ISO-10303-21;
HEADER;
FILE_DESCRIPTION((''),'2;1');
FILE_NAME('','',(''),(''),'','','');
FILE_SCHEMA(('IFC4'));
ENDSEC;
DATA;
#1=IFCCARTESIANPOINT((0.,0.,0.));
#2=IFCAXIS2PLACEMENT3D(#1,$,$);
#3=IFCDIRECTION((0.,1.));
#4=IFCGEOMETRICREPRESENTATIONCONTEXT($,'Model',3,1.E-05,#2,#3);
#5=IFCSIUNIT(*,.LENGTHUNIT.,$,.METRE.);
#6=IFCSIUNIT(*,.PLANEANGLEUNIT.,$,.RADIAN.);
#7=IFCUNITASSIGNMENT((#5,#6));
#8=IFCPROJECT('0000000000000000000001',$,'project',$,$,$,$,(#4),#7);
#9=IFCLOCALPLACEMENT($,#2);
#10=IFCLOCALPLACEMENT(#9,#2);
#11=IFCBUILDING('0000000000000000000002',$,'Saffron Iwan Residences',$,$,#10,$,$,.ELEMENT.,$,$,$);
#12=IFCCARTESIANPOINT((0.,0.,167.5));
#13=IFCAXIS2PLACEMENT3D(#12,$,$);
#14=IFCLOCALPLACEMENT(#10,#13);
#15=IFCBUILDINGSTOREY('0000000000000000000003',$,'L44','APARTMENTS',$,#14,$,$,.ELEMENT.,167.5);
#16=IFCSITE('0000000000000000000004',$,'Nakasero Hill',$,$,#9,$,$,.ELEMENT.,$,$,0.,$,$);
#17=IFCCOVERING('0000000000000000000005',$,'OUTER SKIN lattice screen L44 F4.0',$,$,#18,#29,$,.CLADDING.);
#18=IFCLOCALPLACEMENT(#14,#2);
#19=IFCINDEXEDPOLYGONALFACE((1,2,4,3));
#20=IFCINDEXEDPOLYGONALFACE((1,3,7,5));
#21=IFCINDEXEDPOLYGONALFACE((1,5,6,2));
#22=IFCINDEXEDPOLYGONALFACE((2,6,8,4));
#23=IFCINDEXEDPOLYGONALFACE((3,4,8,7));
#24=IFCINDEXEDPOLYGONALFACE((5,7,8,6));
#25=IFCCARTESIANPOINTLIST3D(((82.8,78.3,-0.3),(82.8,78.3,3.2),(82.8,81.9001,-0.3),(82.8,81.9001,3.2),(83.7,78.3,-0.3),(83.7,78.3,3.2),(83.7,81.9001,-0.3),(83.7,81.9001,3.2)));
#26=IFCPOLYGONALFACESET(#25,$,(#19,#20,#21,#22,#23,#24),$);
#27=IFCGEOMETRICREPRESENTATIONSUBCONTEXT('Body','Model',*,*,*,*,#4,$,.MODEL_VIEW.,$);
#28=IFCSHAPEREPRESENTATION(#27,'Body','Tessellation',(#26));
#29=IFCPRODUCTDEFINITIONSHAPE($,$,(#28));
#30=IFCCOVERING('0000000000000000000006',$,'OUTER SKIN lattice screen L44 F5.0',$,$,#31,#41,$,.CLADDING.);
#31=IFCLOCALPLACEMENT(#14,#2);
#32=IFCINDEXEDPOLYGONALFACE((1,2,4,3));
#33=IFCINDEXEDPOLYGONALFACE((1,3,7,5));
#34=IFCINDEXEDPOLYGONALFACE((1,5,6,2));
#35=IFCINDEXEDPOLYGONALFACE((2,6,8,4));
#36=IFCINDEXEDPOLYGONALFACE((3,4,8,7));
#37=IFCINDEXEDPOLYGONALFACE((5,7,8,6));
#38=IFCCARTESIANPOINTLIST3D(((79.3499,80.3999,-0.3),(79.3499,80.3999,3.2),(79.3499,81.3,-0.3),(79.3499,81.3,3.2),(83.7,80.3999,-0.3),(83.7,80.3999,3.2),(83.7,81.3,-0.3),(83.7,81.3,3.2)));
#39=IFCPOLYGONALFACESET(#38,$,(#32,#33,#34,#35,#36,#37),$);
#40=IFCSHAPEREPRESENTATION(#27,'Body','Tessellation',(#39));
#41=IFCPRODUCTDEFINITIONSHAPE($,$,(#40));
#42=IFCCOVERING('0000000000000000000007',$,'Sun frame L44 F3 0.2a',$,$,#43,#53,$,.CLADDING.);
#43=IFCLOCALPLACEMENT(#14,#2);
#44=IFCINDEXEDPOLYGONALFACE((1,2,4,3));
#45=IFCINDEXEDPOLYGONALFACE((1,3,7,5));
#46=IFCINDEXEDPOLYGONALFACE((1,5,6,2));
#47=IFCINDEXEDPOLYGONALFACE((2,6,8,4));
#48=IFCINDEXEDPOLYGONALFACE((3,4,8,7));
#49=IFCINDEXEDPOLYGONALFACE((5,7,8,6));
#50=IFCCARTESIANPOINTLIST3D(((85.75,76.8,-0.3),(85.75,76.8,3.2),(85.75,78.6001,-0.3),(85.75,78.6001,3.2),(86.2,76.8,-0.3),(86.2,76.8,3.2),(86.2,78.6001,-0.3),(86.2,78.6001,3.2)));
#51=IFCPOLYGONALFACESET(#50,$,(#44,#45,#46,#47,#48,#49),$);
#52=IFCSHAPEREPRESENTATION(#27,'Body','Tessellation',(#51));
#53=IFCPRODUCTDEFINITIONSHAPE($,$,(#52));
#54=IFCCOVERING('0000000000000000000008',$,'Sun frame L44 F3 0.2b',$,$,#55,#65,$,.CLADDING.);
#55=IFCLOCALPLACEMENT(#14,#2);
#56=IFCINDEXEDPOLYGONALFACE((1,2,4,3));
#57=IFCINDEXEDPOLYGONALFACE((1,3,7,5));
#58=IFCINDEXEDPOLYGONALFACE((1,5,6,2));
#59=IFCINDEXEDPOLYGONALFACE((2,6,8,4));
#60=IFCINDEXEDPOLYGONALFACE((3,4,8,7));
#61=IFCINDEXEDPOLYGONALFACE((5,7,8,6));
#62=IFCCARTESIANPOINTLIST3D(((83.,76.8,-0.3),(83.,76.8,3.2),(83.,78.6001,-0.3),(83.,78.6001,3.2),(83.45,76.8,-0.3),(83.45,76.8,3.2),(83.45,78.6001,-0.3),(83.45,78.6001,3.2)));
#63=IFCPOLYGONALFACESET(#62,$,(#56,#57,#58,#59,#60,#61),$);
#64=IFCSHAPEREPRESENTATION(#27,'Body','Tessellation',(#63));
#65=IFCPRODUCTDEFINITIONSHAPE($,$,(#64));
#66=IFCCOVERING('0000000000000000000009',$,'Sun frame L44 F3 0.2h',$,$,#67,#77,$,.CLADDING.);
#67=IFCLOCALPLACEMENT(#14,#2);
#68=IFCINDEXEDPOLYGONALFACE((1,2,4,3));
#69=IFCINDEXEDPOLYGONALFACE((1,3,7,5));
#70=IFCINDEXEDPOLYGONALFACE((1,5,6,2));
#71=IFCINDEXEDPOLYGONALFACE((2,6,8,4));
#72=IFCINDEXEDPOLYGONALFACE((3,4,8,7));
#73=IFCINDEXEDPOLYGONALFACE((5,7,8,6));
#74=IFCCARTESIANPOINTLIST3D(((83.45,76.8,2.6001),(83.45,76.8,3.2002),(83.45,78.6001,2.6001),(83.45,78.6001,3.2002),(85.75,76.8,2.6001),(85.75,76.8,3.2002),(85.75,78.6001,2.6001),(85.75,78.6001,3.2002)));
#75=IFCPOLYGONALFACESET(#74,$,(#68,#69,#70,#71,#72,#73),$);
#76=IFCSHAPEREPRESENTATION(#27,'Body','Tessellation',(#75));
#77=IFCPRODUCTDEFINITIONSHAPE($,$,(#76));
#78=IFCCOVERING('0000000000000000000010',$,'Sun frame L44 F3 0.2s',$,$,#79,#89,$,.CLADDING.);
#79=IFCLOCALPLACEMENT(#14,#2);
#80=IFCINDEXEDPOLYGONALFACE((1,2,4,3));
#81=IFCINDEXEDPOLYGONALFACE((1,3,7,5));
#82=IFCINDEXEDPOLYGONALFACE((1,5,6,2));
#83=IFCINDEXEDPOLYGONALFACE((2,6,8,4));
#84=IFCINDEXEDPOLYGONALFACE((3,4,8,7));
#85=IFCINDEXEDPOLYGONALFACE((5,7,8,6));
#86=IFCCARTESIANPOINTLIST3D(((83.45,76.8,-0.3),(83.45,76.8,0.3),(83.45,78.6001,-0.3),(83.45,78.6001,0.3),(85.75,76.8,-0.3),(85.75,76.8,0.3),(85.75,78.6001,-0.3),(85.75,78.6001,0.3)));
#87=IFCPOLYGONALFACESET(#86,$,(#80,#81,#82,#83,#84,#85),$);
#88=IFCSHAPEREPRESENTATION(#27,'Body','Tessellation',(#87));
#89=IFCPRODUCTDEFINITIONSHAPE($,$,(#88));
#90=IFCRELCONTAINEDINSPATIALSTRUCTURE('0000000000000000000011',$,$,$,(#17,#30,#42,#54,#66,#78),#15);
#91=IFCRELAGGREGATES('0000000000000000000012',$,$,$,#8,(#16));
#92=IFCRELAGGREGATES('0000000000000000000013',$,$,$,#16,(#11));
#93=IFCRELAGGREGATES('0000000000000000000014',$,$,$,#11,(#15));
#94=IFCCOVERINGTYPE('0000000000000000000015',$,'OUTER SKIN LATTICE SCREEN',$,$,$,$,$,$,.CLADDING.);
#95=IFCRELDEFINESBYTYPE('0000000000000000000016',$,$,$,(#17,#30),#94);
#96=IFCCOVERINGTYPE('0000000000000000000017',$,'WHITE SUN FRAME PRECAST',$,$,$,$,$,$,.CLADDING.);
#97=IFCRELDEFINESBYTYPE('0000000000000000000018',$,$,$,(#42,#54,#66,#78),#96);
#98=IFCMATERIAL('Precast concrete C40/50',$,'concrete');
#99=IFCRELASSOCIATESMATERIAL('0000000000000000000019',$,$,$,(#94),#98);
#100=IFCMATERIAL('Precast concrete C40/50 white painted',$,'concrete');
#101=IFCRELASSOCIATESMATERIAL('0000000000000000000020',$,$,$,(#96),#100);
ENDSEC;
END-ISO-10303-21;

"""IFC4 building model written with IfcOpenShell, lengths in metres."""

from ifc_helpers import new_model, si_unit, direction, frame, origin, place, context, subcontext, project, spatial, polyline, outline, extrude, material, type_object, element, save


model = new_model("IFC4")

# Units and contexts
model_context = context("Model", 3, precision=1e-05, world=origin(), true_north=direction((0.0, 1.0)))
body_context = subcontext(model_context, "Body", "Model", "MODEL_VIEW")
ifc_project = project(units=[si_unit("LENGTHUNIT", "METRE"), si_unit("PLANEANGLEUNIT", "RADIAN")], contexts=[model_context])

# Site, building, storey
site_placement = place(None, origin())
site = spatial("IfcSite", under=ifc_project, at=site_placement, Name="Nakasero Hill", CompositionType="ELEMENT", RefElevation=0.0)
building_placement = place(site_placement, origin())
building = spatial("IfcBuilding", under=site, at=building_placement, Name="Saffron Iwan Residences", CompositionType="ELEMENT")
storey_placement = place(building_placement, frame((0.0, 0.0, 167.5)))
storey = spatial("IfcBuildingStorey", under=building, at=storey_placement, Name="L44", Description="APARTMENTS", CompositionType="ELEMENT", Elevation=167.5)

# Coverings
ifc_material_1 = material(Name="Precast concrete C40/50", Category="concrete")
covering_type_1 = type_object("IfcCoveringType", Name="OUTER SKIN LATTICE SCREEN", PredefinedType="CLADDING", material=ifc_material_1)
covering_1_placement = place(storey_placement, frame((82.8, 78.3, -0.3), z_axis=(1.0, 0.0, 0.0), x_axis=(0.0, 1.0, 0.0)))
element("IfcCovering", 1, at=covering_1_placement, inside=storey, type_object=covering_type_1, Name="OUTER SKIN lattice screen L44 F4.0", PredefinedType="CLADDING", context=body_context, shape_type="SweptSolid", body=[
    extrude(outline(polyline([(0.0, 0.0), (3.6001, 0.0), (3.6001, 3.5), (0.0, 3.5), (0.0, 0.0)])), origin(), (0.0, 0.0, 1.0), 0.8999),
])
covering_2_placement = place(storey_placement, frame((83.7, 80.3999, -0.3), z_axis=(0.0, 1.0, 0.0), x_axis=(-1.0, 0.0, 0.0)))
element("IfcCovering", 2, at=covering_2_placement, inside=storey, type_object=covering_type_1, Name="OUTER SKIN lattice screen L44 F5.0", PredefinedType="CLADDING", context=body_context, shape_type="SweptSolid", body=[
    extrude(outline(polyline([(0.0, 0.0), (4.3501, 0.0), (4.3501, 3.5), (0.0, 3.5), (0.0, 0.0)])), origin(), (0.0, 0.0, 1.0), 0.9001),
])
ifc_material_2 = material(Name="Precast concrete C40/50 white painted", Category="concrete")
covering_type_2 = type_object("IfcCoveringType", Name="WHITE SUN FRAME PRECAST", PredefinedType="CLADDING", material=ifc_material_2)
for number, where, z_axis, x_axis, name in (
    (3, (86.2, 76.8, -0.3), (0.0, 1.0, 0.0), (-1.0, 0.0, 0.0), "Sun frame L44 F3 0.2a"),
    (4, (83.45, 76.8, -0.3), (0.0, 1.0, 0.0), (-1.0, 0.0, 0.0), "Sun frame L44 F3 0.2b"),
):
    element("IfcCovering", number, at=place(storey_placement, frame(where, z_axis=z_axis, x_axis=x_axis)), inside=storey, type_object=covering_type_2, Name=name, PredefinedType="CLADDING", context=body_context, shape_type="SweptSolid", body=[
        extrude(outline(polyline([(0.0, 0.0), (0.45, 0.0), (0.45, 3.5), (0.0, 3.5), (0.0, 0.0)])), origin(), (0.0, 0.0, 1.0), 1.8),
    ])
for number, where, z_axis, x_axis, name in (
    (5, (85.75, 76.8, 2.6001), (0.0, 1.0, 0.0), (-1.0, 0.0, 0.0), "Sun frame L44 F3 0.2h"),
    (6, (85.75, 76.8, -0.3), (0.0, 1.0, 0.0), (-1.0, 0.0, 0.0), "Sun frame L44 F3 0.2s"),
):
    element("IfcCovering", number, at=place(storey_placement, frame(where, z_axis=z_axis, x_axis=x_axis)), inside=storey, type_object=covering_type_2, Name=name, PredefinedType="CLADDING", context=body_context, shape_type="SweptSolid", body=[
        extrude(outline(polyline([(0.0, 0.0), (2.3, 0.0), (2.3, 0.6001), (0.0, 0.6001), (0.0, 0.0)])), origin(), (0.0, 0.0, 1.0), 1.8),
    ])

save(model, "model.ifc")
